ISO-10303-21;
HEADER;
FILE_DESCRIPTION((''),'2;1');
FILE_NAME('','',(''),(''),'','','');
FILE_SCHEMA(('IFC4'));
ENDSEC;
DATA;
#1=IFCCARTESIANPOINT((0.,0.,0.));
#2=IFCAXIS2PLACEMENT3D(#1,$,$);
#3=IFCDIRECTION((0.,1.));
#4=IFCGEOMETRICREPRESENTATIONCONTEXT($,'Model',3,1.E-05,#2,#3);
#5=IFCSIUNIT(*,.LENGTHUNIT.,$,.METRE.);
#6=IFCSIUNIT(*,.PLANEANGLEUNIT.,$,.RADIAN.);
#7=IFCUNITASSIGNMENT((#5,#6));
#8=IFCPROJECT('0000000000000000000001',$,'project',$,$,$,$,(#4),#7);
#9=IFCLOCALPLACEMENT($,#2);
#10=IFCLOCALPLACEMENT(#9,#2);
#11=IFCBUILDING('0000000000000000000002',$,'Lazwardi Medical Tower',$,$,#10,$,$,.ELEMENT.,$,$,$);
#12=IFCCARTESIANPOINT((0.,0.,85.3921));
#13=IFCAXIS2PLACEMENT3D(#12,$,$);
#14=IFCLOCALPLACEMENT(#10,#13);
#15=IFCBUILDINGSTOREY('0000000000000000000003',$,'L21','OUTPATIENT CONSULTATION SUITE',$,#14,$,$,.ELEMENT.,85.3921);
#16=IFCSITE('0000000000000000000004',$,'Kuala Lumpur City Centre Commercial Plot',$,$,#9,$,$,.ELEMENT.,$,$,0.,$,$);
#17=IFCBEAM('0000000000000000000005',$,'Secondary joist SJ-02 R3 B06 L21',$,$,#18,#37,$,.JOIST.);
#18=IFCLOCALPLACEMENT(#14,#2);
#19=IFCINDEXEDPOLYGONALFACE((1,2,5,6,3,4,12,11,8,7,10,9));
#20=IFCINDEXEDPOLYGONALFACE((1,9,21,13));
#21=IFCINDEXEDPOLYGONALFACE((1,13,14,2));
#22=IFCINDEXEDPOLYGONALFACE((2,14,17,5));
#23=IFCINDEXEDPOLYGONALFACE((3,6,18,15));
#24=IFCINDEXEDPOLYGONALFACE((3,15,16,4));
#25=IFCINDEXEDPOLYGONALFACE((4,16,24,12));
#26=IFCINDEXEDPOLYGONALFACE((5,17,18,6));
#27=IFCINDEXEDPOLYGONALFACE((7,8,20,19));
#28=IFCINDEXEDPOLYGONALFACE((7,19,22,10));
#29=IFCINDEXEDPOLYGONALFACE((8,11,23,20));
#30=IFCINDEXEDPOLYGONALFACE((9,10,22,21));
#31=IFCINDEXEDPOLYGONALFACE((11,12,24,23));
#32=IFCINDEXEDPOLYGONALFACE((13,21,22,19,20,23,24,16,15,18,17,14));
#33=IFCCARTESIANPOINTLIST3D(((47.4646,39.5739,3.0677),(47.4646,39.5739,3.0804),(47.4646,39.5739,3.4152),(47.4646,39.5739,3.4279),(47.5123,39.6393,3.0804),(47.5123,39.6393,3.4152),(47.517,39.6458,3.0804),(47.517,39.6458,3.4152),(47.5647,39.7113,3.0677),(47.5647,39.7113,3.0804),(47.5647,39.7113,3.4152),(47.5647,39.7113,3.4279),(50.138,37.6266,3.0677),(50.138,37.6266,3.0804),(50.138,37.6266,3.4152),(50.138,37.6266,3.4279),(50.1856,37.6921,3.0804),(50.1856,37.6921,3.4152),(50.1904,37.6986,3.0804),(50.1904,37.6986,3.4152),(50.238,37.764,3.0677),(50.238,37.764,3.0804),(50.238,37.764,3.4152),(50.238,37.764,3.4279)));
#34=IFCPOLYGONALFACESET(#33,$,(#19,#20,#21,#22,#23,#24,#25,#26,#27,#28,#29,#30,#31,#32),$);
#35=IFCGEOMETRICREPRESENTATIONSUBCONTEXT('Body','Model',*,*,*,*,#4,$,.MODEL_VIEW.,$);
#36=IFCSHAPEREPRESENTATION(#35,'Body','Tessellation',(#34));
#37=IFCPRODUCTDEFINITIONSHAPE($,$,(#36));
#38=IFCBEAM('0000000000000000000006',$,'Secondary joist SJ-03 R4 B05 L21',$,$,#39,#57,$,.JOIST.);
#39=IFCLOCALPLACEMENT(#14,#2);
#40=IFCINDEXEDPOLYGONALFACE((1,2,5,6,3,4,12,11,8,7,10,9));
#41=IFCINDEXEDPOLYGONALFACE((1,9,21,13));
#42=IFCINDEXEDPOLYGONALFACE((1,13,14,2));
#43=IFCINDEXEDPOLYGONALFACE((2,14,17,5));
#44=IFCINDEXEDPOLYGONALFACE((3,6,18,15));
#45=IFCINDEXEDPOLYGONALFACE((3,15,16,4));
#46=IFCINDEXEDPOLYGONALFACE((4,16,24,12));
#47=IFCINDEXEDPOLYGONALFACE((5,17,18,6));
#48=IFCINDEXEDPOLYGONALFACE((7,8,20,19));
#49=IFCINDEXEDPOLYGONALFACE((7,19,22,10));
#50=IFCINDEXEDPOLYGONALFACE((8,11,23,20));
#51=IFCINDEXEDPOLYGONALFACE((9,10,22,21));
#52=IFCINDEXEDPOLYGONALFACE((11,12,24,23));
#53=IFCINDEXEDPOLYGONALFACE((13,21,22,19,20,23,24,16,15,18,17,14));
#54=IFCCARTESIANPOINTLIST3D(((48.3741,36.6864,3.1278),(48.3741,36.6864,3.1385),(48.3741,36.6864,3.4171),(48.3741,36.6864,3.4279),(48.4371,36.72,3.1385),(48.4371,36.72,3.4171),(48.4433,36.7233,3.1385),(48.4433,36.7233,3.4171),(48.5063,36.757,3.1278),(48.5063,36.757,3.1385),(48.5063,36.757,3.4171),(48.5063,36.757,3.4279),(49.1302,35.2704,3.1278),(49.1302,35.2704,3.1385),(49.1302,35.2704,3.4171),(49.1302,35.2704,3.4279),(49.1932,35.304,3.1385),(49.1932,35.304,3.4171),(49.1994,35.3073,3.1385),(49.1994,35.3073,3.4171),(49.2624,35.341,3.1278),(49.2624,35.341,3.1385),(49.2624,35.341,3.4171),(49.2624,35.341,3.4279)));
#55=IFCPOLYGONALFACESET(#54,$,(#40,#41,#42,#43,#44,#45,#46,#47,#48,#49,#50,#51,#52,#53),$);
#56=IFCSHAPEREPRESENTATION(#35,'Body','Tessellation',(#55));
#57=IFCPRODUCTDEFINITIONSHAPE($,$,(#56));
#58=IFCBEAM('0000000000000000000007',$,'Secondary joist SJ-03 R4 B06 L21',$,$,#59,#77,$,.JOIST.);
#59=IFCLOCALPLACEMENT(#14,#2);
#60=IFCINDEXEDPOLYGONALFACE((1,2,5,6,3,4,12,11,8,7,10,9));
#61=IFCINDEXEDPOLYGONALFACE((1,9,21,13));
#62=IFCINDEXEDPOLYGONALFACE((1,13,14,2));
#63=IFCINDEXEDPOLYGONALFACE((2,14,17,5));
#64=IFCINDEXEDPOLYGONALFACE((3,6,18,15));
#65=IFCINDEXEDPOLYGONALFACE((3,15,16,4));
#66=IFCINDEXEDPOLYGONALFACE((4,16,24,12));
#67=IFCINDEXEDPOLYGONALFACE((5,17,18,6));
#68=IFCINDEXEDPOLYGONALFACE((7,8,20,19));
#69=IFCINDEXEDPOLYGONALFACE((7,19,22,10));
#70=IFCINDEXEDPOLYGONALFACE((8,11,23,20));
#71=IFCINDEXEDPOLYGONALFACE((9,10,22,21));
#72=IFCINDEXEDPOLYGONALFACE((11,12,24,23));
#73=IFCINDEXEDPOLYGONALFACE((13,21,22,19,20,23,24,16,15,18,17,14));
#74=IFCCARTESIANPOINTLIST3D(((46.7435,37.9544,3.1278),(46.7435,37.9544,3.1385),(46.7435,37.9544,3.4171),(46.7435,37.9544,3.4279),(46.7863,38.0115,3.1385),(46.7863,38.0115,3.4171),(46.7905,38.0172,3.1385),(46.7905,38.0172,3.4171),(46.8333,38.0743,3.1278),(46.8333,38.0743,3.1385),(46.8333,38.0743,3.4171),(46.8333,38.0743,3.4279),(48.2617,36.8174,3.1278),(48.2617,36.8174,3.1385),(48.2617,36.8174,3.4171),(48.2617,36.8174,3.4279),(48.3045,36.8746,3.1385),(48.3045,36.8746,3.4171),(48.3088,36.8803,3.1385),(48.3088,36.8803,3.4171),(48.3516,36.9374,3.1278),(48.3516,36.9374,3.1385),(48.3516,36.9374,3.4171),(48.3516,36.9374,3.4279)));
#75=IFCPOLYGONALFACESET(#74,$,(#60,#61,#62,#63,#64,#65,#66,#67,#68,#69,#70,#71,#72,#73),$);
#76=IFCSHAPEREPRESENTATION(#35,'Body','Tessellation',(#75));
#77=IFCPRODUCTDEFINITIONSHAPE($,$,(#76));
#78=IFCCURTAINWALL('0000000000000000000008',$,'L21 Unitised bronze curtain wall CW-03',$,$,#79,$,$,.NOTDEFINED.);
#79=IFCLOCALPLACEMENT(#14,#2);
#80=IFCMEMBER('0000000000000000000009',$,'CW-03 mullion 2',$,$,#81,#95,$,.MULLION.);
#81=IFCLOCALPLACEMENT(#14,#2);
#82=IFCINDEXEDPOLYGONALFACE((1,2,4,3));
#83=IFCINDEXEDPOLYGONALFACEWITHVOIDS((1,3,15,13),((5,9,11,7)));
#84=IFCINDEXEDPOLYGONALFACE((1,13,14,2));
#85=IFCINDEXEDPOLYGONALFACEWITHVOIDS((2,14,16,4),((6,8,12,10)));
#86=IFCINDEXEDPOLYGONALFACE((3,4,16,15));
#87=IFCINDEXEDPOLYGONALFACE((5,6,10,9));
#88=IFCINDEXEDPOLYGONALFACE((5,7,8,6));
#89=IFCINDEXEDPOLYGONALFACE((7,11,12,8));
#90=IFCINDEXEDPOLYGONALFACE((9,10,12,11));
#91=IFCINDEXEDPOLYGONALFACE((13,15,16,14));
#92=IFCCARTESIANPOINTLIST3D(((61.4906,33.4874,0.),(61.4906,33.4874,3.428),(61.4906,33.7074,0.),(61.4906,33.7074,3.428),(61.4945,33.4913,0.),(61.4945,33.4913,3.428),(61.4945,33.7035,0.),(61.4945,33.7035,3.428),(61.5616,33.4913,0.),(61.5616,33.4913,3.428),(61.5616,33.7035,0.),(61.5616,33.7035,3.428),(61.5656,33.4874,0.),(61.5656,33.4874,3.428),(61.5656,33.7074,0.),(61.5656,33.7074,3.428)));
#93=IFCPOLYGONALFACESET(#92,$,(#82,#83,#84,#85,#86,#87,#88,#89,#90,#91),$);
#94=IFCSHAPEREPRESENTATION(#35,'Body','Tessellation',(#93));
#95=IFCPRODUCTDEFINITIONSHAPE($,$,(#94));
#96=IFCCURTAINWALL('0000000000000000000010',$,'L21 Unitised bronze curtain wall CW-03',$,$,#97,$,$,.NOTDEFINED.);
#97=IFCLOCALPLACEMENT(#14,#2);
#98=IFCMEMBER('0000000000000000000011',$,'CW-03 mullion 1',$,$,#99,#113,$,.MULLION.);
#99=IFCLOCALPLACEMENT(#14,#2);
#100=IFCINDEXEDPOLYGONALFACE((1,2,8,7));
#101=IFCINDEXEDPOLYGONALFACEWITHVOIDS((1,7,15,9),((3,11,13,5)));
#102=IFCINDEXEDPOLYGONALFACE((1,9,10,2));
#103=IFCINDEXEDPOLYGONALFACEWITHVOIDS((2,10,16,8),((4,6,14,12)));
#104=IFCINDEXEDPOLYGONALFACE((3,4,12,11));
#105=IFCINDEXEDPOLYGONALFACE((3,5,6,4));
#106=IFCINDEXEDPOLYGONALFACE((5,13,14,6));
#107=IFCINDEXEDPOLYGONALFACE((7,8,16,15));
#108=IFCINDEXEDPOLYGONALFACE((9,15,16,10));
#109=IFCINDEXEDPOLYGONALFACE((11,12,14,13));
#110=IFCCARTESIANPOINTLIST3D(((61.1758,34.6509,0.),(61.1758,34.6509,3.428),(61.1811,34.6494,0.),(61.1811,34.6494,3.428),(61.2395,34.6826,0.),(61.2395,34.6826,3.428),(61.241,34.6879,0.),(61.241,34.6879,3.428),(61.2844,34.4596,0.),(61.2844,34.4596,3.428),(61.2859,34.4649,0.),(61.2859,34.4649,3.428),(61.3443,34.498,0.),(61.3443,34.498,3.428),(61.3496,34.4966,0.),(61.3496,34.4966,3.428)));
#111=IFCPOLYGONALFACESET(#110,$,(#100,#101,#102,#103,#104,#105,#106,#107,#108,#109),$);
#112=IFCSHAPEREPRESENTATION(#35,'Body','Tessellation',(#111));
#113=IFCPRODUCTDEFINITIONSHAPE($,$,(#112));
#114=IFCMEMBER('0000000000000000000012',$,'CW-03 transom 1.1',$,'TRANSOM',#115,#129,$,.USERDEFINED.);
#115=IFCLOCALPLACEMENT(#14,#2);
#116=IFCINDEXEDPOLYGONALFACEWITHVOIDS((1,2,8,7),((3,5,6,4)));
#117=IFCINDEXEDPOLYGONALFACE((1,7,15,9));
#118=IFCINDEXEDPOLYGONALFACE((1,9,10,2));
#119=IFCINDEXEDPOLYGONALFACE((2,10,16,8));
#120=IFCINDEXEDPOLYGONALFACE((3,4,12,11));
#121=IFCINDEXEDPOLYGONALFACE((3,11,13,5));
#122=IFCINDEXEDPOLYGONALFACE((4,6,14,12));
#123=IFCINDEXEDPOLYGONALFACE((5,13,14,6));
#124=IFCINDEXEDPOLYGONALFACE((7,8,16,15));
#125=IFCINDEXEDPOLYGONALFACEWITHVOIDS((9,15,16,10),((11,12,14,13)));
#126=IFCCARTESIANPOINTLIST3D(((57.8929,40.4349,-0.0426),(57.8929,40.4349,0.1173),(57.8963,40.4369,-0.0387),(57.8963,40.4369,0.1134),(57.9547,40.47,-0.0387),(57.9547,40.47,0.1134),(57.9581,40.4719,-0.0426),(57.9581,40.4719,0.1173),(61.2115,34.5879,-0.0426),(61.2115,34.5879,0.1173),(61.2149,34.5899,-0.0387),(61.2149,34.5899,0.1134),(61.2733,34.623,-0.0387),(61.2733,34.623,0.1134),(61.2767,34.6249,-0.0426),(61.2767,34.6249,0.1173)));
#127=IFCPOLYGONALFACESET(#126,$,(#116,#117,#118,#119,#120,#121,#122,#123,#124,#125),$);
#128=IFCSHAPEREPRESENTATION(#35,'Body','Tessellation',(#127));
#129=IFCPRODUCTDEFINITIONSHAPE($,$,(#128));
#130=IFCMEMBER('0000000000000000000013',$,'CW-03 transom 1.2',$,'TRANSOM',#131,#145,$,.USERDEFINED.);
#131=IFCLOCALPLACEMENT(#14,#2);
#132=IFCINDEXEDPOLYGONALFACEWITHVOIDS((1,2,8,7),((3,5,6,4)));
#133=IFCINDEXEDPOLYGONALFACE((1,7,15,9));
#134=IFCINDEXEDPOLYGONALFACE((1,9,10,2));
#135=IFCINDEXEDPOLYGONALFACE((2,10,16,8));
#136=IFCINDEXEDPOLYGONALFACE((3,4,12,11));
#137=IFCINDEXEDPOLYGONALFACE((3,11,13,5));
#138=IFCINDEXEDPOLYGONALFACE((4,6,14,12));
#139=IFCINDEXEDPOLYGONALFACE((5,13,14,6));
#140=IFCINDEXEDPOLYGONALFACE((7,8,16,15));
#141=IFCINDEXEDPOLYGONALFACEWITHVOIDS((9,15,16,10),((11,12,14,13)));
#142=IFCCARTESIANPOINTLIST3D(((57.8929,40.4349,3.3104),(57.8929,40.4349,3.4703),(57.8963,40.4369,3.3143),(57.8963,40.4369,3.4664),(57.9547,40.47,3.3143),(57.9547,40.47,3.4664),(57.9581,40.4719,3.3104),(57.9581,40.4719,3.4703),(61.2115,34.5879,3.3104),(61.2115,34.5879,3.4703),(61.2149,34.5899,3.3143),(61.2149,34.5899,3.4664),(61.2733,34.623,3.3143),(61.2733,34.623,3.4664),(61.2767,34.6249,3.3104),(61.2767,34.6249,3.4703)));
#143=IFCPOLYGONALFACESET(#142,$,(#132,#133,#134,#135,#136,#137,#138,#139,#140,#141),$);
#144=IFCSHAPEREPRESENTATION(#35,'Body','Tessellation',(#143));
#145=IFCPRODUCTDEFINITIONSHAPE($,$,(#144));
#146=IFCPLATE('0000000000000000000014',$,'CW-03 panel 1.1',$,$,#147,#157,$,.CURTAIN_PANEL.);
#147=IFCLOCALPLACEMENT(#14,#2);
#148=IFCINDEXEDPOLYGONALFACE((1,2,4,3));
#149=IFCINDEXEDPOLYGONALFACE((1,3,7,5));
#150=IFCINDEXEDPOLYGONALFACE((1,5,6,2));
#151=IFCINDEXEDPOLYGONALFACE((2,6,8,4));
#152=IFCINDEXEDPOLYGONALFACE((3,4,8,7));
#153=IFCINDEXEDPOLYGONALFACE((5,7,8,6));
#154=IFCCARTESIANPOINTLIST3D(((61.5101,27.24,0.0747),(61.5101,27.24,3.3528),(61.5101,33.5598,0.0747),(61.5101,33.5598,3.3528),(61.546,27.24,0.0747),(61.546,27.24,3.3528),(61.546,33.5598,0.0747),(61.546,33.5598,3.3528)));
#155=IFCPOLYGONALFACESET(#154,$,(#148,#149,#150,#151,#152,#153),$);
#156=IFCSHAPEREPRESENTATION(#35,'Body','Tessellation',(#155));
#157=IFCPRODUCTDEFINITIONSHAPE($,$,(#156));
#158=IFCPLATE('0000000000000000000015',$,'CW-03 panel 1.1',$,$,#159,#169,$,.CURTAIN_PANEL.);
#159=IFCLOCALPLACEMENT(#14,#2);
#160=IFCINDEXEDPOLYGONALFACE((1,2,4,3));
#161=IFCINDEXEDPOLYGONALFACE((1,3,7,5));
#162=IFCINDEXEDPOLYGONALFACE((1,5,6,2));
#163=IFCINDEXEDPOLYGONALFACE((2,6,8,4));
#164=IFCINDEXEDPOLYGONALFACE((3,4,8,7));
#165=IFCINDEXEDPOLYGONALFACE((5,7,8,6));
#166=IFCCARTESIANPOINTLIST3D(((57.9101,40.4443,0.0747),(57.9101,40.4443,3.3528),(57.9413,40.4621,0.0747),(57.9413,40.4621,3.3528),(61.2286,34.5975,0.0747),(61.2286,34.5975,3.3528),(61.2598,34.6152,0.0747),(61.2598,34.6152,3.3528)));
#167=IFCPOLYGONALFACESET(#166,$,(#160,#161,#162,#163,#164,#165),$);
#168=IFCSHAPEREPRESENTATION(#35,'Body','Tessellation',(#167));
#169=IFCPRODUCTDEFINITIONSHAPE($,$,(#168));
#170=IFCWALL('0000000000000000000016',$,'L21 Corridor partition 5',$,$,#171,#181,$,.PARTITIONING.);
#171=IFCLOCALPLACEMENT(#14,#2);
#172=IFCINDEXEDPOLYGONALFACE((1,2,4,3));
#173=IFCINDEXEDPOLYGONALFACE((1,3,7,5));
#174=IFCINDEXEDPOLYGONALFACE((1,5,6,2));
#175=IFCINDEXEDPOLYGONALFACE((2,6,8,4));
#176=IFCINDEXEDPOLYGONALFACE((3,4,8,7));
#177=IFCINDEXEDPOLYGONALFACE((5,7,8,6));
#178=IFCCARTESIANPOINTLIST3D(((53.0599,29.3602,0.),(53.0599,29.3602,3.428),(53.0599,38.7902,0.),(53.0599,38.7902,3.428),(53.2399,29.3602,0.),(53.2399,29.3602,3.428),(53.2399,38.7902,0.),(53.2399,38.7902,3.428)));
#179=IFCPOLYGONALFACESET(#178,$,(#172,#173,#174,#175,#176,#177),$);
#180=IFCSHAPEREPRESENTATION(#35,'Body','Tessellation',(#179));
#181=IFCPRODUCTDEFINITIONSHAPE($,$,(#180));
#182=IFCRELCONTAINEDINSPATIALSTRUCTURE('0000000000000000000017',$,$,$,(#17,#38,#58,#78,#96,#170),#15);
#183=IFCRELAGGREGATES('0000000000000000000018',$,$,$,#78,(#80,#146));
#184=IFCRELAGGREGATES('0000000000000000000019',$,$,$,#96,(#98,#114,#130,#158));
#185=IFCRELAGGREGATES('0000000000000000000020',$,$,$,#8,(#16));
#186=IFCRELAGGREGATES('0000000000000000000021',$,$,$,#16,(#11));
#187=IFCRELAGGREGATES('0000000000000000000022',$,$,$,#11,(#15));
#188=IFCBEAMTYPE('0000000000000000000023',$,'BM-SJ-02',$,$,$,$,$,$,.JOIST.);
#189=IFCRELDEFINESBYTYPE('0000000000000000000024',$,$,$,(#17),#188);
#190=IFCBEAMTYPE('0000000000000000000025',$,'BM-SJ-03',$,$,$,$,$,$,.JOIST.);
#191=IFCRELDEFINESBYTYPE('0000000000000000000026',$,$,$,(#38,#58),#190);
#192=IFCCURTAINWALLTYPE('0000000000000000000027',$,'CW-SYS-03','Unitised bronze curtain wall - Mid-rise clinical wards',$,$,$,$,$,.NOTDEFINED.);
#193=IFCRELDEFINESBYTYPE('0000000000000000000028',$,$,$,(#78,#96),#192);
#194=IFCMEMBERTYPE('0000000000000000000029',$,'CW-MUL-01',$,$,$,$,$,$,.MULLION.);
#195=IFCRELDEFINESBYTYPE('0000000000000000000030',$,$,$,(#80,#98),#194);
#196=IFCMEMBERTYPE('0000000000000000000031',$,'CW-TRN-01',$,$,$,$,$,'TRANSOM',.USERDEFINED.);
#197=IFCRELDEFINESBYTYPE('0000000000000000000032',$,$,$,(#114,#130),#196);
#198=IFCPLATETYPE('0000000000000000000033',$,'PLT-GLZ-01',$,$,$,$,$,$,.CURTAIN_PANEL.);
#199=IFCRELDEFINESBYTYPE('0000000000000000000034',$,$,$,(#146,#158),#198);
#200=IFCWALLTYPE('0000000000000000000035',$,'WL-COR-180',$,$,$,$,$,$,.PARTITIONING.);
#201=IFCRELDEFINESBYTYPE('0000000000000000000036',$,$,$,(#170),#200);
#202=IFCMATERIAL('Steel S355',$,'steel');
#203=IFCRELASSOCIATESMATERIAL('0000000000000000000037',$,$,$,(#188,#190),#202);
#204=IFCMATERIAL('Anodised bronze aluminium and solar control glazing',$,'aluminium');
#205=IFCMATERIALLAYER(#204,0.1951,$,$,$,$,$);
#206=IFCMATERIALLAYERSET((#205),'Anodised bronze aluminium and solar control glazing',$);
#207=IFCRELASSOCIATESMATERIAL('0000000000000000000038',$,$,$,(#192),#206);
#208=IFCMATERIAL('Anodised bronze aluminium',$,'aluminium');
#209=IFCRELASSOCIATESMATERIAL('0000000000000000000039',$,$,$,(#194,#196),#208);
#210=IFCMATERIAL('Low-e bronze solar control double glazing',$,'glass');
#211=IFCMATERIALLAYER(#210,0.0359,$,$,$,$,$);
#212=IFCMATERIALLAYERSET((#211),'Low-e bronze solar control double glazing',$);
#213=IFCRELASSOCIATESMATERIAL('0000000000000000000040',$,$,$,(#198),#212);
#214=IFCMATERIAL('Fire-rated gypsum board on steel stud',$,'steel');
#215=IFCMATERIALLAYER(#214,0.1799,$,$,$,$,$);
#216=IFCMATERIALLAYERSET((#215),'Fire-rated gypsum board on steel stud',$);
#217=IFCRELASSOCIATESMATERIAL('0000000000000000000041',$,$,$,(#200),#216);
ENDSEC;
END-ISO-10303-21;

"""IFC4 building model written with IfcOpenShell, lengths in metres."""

from ifc_helpers import new_model, si_unit, direction, frame, frame_2d, origin, origin_2d, place, context, subcontext, project, spatial, rectangle, hollow_rectangle, i_section, extrude, material, layer, layer_set, material_profile, profile_set, type_object, element, aggregate, save


model = new_model("IFC4")

# Units and contexts
model_context = context("Model", 3, precision=1e-05, world=origin(), true_north=direction((0.0, 1.0)))
body_context = subcontext(model_context, "Body", "Model", "MODEL_VIEW")
ifc_project = project(units=[si_unit("LENGTHUNIT", "METRE"), si_unit("PLANEANGLEUNIT", "RADIAN")], contexts=[model_context])

# Site, building, storey
site_placement = place(None, origin())
site = spatial("IfcSite", under=ifc_project, at=site_placement, Name="Kuala Lumpur City Centre Commercial Plot", CompositionType="ELEMENT", RefElevation=0.0)
building_placement = place(site_placement, origin())
building = spatial("IfcBuilding", under=site, at=building_placement, Name="Lazwardi Medical Tower", CompositionType="ELEMENT")
storey_placement = place(building_placement, frame((0.0, 0.0, 85.3921)))
storey = spatial("IfcBuildingStorey", under=building, at=storey_placement, Name="L21", Description="OUTPATIENT CONSULTATION SUITE", CompositionType="ELEMENT", Elevation=85.3921)

# Beams
ifc_material_1 = material(Name="Steel S355", Category="steel")
ifc_material_profile_1 = material_profile(ifc_material_1, i_section(OverallWidth=0.1699, OverallDepth=0.3601, WebThickness=0.0081, FlangeThickness=0.0127, at=origin_2d()), Name="IPE 360")
ifc_profile_set_1 = profile_set([ifc_material_profile_1], Name="Steel S355")
beam_type_1 = type_object("IfcBeamType", Name="BM-SJ-02", PredefinedType="JOIST", material=ifc_profile_set_1)
beam_1_placement = place(storey_placement, frame((50.188, 37.6953, 3.2478), z_axis=(-0.808302, 0.588768, 0.0), x_axis=(-0.588768, -0.808302, 0.0)))
element("IfcBeam", 1, at=beam_1_placement, inside=storey, type_object=beam_type_1, Name="Secondary joist SJ-02 R3 B06 L21", PredefinedType="JOIST", context=body_context, shape_type="SweptSolid", body=[
    extrude(i_section(OverallWidth=0.1699, OverallDepth=0.3601, WebThickness=0.0081, FlangeThickness=0.0127, at=origin_2d()), origin(), (0.0, 0.0, 1.0), 3.3074),
])
ifc_material_profile_2 = material_profile(ifc_material_1, i_section(OverallWidth=0.1499, OverallDepth=0.3, WebThickness=0.0071, FlangeThickness=0.0107, at=origin_2d()), Name="IPE 300")
ifc_profile_set_2 = profile_set([ifc_material_profile_2], Name="Steel S355")
beam_type_2 = type_object("IfcBeamType", Name="BM-SJ-03", PredefinedType="JOIST", material=ifc_profile_set_2)
beam_2_placement = place(storey_placement, frame((49.1963, 35.3057, 3.2778), z_axis=(-0.471022, 0.882121, 0.0), x_axis=(-0.882121, -0.471022, 0.0)))
element("IfcBeam", 2, at=beam_2_placement, inside=storey, type_object=beam_type_2, Name="Secondary joist SJ-03 R4 B05 L21", PredefinedType="JOIST", context=body_context, shape_type="SweptSolid", body=[
    extrude(i_section(OverallWidth=0.1499, OverallDepth=0.3, WebThickness=0.0071, FlangeThickness=0.0107, at=origin_2d()), origin(), (0.0, 0.0, 1.0), 1.6052),
])
beam_3_placement = place(storey_placement, frame((48.3066, 36.8774, 3.2778), z_axis=(-0.800448, 0.599403, 0.0), x_axis=(-0.599403, -0.800448, 0.0)))
element("IfcBeam", 3, at=beam_3_placement, inside=storey, type_object=beam_type_2, Name="Secondary joist SJ-03 R4 B06 L21", PredefinedType="JOIST", context=body_context, shape_type="SweptSolid", body=[
    extrude(i_section(OverallWidth=0.1499, OverallDepth=0.3, WebThickness=0.0071, FlangeThickness=0.0107, at=origin_2d()), origin(), (0.0, 0.0, 1.0), 1.8967),
])

# Curtain wall, member
ifc_material_2 = material(Name="Anodised bronze aluminium and solar control glazing", Category="aluminium")
ifc_layer_1 = layer(ifc_material_2, 0.1951)
ifc_layer_set_1 = layer_set([ifc_layer_1], Name="Anodised bronze aluminium and solar control glazing")
curtain_wall_type = type_object("IfcCurtainWallType", Name="CW-SYS-03", Description="Unitised bronze curtain wall - Mid-rise clinical wards", PredefinedType="NOTDEFINED", material=ifc_layer_set_1)
curtain_wall_1_placement = place(storey_placement, origin())
curtain_wall_1 = element("IfcCurtainWall", 4, at=curtain_wall_1_placement, inside=storey, type_object=curtain_wall_type, Name="L21 Unitised bronze curtain wall CW-03", PredefinedType="NOTDEFINED")
ifc_material_3 = material(Name="Anodised bronze aluminium", Category="aluminium")
ifc_material_profile_3 = material_profile(ifc_material_3, hollow_rectangle(XDim=0.075, YDim=0.22, WallThickness=0.0039, at=origin_2d()), Name="ALU-MULLION 220x75x4")
ifc_profile_set_3 = profile_set([ifc_material_profile_3], Name="Anodised bronze aluminium")
member_type_1 = type_object("IfcMemberType", Name="CW-MUL-01", PredefinedType="MULLION", material=ifc_profile_set_3)
member_1_placement = place(storey_placement, frame((61.5281, 33.5974, 0.0), z_axis=(0.0, 0.0, 1.0), x_axis=(-1.0, 0.0, 0.0)))
member_1 = element("IfcMember", 5, at=member_1_placement, type_object=member_type_1, Name="CW-03 mullion 2", PredefinedType="MULLION", context=body_context, shape_type="SweptSolid", body=[
    extrude(hollow_rectangle(XDim=0.075, YDim=0.22, WallThickness=0.0039, at=origin_2d()), origin(), (0.0, 0.0, 1.0), 3.428),
])

# Curtain wall, members
curtain_wall_2_placement = place(storey_placement, origin())
curtain_wall_2 = element("IfcCurtainWall", 6, at=curtain_wall_2_placement, inside=storey, type_object=curtain_wall_type, Name="L21 Unitised bronze curtain wall CW-03", PredefinedType="NOTDEFINED")
member_2_placement = place(storey_placement, frame((61.2627, 34.5737, 0.0), z_axis=(0.0, 0.0, 1.0), x_axis=(-0.869687, -0.493603, 0.0)))
member_2 = element("IfcMember", 7, at=member_2_placement, type_object=member_type_1, Name="CW-03 mullion 1", PredefinedType="MULLION", context=body_context, shape_type="SweptSolid", body=[
    extrude(hollow_rectangle(XDim=0.075, YDim=0.22, WallThickness=0.0039, at=origin_2d()), origin(), (0.0, 0.0, 1.0), 3.428),
])
ifc_material_profile_4 = material_profile(ifc_material_3, hollow_rectangle(XDim=0.075, YDim=0.1599, WallThickness=0.0039, at=origin_2d()), Name="ALU-TRANSOM 160x75x4")
ifc_profile_set_4 = profile_set([ifc_material_profile_4], Name="Anodised bronze aluminium")
member_type_2 = type_object("IfcMemberType", Name="CW-TRN-01", ElementType="TRANSOM", PredefinedType="USERDEFINED", material=ifc_profile_set_4)
member_3_placement = place(storey_placement, frame((61.2441, 34.6064, 0.0374), z_axis=(-0.493614, 0.869681, 0.0), x_axis=(-0.869681, -0.493614, 0.0)))
member_3 = element("IfcMember", 8, at=member_3_placement, type_object=member_type_2, Name="CW-03 transom 1.1", ObjectType="TRANSOM", PredefinedType="USERDEFINED", context=body_context, shape_type="SweptSolid", body=[
    extrude(hollow_rectangle(XDim=0.075, YDim=0.1599, WallThickness=0.0039, at=origin_2d()), origin(), (0.0, 0.0, 1.0), 6.7231),
])
member_4_placement = place(storey_placement, frame((61.2441, 34.6064, 3.3904), z_axis=(-0.493614, 0.869681, 0.0), x_axis=(-0.869681, -0.493614, 0.0)))
member_4 = element("IfcMember", 9, at=member_4_placement, type_object=member_type_2, Name="CW-03 transom 1.2", ObjectType="TRANSOM", PredefinedType="USERDEFINED", context=body_context, shape_type="SweptSolid", body=[
    extrude(hollow_rectangle(XDim=0.075, YDim=0.1599, WallThickness=0.0039, at=origin_2d()), origin(), (0.0, 0.0, 1.0), 6.7231),
])

# Plates
ifc_material_4 = material(Name="Low-e bronze solar control double glazing", Category="glass")
ifc_layer_2 = layer(ifc_material_4, 0.0359)
ifc_layer_set_2 = layer_set([ifc_layer_2], Name="Low-e bronze solar control double glazing")
plate_type = type_object("IfcPlateType", Name="PLT-GLZ-01", PredefinedType="CURTAIN_PANEL", material=ifc_layer_set_2)
plate_1_placement = place(storey_placement, frame((61.5281, 30.3999, 0.0747), z_axis=(0.0, 0.0, 1.0), x_axis=(0.0, 1.0, 0.0)))
plate_1 = element("IfcPlate", 10, at=plate_1_placement, type_object=plate_type, Name="CW-03 panel 1.1", PredefinedType="CURTAIN_PANEL", context=body_context, shape_type="SweptSolid", body=[
    extrude(rectangle(XDim=6.3198, YDim=0.0359, at=origin_2d()), origin(), (0.0, 0.0, 1.0), 3.2781),
])
aggregate(curtain_wall_1, [member_1, plate_1])
plate_2_placement = place(storey_placement, frame((59.585, 37.5298, 0.0747), z_axis=(0.0, 0.0, 1.0), x_axis=(-0.493603, 0.869687, 0.0)))
plate_2 = element("IfcPlate", 11, at=plate_2_placement, type_object=plate_type, Name="CW-03 panel 1.1", PredefinedType="CURTAIN_PANEL", context=body_context, shape_type="SweptSolid", body=[
    extrude(rectangle(XDim=6.7229, YDim=0.0359, at=origin_2d()), origin(), (0.0, 0.0, 1.0), 3.2781),
])
aggregate(curtain_wall_2, [member_2, member_3, member_4, plate_2])

# Wall
ifc_material_5 = material(Name="Fire-rated gypsum board on steel stud", Category="steel")
ifc_layer_3 = layer(ifc_material_5, 0.1799)
ifc_layer_set_3 = layer_set([ifc_layer_3], Name="Fire-rated gypsum board on steel stud")
wall_type_1 = type_object("IfcWallType", Name="WL-COR-180", PredefinedType="PARTITIONING", material=ifc_layer_set_3)
wall_1_placement = place(storey_placement, frame((53.1499, 38.79, 0.0), z_axis=(0.0, 0.0, 1.0), x_axis=(0.0, -1.0, 0.0)))
element("IfcWall", 12, at=wall_1_placement, inside=storey, type_object=wall_type_1, Name="L21 Corridor partition 5", PredefinedType="PARTITIONING", context=body_context, shape_type="SweptSolid", body=[
    extrude(rectangle(XDim=9.4299, YDim=0.1799, at=frame_2d((4.7148, 0.0))), origin(), (0.0, 0.0, 1.0), 3.428),
])

save(model, "model.ifc")
